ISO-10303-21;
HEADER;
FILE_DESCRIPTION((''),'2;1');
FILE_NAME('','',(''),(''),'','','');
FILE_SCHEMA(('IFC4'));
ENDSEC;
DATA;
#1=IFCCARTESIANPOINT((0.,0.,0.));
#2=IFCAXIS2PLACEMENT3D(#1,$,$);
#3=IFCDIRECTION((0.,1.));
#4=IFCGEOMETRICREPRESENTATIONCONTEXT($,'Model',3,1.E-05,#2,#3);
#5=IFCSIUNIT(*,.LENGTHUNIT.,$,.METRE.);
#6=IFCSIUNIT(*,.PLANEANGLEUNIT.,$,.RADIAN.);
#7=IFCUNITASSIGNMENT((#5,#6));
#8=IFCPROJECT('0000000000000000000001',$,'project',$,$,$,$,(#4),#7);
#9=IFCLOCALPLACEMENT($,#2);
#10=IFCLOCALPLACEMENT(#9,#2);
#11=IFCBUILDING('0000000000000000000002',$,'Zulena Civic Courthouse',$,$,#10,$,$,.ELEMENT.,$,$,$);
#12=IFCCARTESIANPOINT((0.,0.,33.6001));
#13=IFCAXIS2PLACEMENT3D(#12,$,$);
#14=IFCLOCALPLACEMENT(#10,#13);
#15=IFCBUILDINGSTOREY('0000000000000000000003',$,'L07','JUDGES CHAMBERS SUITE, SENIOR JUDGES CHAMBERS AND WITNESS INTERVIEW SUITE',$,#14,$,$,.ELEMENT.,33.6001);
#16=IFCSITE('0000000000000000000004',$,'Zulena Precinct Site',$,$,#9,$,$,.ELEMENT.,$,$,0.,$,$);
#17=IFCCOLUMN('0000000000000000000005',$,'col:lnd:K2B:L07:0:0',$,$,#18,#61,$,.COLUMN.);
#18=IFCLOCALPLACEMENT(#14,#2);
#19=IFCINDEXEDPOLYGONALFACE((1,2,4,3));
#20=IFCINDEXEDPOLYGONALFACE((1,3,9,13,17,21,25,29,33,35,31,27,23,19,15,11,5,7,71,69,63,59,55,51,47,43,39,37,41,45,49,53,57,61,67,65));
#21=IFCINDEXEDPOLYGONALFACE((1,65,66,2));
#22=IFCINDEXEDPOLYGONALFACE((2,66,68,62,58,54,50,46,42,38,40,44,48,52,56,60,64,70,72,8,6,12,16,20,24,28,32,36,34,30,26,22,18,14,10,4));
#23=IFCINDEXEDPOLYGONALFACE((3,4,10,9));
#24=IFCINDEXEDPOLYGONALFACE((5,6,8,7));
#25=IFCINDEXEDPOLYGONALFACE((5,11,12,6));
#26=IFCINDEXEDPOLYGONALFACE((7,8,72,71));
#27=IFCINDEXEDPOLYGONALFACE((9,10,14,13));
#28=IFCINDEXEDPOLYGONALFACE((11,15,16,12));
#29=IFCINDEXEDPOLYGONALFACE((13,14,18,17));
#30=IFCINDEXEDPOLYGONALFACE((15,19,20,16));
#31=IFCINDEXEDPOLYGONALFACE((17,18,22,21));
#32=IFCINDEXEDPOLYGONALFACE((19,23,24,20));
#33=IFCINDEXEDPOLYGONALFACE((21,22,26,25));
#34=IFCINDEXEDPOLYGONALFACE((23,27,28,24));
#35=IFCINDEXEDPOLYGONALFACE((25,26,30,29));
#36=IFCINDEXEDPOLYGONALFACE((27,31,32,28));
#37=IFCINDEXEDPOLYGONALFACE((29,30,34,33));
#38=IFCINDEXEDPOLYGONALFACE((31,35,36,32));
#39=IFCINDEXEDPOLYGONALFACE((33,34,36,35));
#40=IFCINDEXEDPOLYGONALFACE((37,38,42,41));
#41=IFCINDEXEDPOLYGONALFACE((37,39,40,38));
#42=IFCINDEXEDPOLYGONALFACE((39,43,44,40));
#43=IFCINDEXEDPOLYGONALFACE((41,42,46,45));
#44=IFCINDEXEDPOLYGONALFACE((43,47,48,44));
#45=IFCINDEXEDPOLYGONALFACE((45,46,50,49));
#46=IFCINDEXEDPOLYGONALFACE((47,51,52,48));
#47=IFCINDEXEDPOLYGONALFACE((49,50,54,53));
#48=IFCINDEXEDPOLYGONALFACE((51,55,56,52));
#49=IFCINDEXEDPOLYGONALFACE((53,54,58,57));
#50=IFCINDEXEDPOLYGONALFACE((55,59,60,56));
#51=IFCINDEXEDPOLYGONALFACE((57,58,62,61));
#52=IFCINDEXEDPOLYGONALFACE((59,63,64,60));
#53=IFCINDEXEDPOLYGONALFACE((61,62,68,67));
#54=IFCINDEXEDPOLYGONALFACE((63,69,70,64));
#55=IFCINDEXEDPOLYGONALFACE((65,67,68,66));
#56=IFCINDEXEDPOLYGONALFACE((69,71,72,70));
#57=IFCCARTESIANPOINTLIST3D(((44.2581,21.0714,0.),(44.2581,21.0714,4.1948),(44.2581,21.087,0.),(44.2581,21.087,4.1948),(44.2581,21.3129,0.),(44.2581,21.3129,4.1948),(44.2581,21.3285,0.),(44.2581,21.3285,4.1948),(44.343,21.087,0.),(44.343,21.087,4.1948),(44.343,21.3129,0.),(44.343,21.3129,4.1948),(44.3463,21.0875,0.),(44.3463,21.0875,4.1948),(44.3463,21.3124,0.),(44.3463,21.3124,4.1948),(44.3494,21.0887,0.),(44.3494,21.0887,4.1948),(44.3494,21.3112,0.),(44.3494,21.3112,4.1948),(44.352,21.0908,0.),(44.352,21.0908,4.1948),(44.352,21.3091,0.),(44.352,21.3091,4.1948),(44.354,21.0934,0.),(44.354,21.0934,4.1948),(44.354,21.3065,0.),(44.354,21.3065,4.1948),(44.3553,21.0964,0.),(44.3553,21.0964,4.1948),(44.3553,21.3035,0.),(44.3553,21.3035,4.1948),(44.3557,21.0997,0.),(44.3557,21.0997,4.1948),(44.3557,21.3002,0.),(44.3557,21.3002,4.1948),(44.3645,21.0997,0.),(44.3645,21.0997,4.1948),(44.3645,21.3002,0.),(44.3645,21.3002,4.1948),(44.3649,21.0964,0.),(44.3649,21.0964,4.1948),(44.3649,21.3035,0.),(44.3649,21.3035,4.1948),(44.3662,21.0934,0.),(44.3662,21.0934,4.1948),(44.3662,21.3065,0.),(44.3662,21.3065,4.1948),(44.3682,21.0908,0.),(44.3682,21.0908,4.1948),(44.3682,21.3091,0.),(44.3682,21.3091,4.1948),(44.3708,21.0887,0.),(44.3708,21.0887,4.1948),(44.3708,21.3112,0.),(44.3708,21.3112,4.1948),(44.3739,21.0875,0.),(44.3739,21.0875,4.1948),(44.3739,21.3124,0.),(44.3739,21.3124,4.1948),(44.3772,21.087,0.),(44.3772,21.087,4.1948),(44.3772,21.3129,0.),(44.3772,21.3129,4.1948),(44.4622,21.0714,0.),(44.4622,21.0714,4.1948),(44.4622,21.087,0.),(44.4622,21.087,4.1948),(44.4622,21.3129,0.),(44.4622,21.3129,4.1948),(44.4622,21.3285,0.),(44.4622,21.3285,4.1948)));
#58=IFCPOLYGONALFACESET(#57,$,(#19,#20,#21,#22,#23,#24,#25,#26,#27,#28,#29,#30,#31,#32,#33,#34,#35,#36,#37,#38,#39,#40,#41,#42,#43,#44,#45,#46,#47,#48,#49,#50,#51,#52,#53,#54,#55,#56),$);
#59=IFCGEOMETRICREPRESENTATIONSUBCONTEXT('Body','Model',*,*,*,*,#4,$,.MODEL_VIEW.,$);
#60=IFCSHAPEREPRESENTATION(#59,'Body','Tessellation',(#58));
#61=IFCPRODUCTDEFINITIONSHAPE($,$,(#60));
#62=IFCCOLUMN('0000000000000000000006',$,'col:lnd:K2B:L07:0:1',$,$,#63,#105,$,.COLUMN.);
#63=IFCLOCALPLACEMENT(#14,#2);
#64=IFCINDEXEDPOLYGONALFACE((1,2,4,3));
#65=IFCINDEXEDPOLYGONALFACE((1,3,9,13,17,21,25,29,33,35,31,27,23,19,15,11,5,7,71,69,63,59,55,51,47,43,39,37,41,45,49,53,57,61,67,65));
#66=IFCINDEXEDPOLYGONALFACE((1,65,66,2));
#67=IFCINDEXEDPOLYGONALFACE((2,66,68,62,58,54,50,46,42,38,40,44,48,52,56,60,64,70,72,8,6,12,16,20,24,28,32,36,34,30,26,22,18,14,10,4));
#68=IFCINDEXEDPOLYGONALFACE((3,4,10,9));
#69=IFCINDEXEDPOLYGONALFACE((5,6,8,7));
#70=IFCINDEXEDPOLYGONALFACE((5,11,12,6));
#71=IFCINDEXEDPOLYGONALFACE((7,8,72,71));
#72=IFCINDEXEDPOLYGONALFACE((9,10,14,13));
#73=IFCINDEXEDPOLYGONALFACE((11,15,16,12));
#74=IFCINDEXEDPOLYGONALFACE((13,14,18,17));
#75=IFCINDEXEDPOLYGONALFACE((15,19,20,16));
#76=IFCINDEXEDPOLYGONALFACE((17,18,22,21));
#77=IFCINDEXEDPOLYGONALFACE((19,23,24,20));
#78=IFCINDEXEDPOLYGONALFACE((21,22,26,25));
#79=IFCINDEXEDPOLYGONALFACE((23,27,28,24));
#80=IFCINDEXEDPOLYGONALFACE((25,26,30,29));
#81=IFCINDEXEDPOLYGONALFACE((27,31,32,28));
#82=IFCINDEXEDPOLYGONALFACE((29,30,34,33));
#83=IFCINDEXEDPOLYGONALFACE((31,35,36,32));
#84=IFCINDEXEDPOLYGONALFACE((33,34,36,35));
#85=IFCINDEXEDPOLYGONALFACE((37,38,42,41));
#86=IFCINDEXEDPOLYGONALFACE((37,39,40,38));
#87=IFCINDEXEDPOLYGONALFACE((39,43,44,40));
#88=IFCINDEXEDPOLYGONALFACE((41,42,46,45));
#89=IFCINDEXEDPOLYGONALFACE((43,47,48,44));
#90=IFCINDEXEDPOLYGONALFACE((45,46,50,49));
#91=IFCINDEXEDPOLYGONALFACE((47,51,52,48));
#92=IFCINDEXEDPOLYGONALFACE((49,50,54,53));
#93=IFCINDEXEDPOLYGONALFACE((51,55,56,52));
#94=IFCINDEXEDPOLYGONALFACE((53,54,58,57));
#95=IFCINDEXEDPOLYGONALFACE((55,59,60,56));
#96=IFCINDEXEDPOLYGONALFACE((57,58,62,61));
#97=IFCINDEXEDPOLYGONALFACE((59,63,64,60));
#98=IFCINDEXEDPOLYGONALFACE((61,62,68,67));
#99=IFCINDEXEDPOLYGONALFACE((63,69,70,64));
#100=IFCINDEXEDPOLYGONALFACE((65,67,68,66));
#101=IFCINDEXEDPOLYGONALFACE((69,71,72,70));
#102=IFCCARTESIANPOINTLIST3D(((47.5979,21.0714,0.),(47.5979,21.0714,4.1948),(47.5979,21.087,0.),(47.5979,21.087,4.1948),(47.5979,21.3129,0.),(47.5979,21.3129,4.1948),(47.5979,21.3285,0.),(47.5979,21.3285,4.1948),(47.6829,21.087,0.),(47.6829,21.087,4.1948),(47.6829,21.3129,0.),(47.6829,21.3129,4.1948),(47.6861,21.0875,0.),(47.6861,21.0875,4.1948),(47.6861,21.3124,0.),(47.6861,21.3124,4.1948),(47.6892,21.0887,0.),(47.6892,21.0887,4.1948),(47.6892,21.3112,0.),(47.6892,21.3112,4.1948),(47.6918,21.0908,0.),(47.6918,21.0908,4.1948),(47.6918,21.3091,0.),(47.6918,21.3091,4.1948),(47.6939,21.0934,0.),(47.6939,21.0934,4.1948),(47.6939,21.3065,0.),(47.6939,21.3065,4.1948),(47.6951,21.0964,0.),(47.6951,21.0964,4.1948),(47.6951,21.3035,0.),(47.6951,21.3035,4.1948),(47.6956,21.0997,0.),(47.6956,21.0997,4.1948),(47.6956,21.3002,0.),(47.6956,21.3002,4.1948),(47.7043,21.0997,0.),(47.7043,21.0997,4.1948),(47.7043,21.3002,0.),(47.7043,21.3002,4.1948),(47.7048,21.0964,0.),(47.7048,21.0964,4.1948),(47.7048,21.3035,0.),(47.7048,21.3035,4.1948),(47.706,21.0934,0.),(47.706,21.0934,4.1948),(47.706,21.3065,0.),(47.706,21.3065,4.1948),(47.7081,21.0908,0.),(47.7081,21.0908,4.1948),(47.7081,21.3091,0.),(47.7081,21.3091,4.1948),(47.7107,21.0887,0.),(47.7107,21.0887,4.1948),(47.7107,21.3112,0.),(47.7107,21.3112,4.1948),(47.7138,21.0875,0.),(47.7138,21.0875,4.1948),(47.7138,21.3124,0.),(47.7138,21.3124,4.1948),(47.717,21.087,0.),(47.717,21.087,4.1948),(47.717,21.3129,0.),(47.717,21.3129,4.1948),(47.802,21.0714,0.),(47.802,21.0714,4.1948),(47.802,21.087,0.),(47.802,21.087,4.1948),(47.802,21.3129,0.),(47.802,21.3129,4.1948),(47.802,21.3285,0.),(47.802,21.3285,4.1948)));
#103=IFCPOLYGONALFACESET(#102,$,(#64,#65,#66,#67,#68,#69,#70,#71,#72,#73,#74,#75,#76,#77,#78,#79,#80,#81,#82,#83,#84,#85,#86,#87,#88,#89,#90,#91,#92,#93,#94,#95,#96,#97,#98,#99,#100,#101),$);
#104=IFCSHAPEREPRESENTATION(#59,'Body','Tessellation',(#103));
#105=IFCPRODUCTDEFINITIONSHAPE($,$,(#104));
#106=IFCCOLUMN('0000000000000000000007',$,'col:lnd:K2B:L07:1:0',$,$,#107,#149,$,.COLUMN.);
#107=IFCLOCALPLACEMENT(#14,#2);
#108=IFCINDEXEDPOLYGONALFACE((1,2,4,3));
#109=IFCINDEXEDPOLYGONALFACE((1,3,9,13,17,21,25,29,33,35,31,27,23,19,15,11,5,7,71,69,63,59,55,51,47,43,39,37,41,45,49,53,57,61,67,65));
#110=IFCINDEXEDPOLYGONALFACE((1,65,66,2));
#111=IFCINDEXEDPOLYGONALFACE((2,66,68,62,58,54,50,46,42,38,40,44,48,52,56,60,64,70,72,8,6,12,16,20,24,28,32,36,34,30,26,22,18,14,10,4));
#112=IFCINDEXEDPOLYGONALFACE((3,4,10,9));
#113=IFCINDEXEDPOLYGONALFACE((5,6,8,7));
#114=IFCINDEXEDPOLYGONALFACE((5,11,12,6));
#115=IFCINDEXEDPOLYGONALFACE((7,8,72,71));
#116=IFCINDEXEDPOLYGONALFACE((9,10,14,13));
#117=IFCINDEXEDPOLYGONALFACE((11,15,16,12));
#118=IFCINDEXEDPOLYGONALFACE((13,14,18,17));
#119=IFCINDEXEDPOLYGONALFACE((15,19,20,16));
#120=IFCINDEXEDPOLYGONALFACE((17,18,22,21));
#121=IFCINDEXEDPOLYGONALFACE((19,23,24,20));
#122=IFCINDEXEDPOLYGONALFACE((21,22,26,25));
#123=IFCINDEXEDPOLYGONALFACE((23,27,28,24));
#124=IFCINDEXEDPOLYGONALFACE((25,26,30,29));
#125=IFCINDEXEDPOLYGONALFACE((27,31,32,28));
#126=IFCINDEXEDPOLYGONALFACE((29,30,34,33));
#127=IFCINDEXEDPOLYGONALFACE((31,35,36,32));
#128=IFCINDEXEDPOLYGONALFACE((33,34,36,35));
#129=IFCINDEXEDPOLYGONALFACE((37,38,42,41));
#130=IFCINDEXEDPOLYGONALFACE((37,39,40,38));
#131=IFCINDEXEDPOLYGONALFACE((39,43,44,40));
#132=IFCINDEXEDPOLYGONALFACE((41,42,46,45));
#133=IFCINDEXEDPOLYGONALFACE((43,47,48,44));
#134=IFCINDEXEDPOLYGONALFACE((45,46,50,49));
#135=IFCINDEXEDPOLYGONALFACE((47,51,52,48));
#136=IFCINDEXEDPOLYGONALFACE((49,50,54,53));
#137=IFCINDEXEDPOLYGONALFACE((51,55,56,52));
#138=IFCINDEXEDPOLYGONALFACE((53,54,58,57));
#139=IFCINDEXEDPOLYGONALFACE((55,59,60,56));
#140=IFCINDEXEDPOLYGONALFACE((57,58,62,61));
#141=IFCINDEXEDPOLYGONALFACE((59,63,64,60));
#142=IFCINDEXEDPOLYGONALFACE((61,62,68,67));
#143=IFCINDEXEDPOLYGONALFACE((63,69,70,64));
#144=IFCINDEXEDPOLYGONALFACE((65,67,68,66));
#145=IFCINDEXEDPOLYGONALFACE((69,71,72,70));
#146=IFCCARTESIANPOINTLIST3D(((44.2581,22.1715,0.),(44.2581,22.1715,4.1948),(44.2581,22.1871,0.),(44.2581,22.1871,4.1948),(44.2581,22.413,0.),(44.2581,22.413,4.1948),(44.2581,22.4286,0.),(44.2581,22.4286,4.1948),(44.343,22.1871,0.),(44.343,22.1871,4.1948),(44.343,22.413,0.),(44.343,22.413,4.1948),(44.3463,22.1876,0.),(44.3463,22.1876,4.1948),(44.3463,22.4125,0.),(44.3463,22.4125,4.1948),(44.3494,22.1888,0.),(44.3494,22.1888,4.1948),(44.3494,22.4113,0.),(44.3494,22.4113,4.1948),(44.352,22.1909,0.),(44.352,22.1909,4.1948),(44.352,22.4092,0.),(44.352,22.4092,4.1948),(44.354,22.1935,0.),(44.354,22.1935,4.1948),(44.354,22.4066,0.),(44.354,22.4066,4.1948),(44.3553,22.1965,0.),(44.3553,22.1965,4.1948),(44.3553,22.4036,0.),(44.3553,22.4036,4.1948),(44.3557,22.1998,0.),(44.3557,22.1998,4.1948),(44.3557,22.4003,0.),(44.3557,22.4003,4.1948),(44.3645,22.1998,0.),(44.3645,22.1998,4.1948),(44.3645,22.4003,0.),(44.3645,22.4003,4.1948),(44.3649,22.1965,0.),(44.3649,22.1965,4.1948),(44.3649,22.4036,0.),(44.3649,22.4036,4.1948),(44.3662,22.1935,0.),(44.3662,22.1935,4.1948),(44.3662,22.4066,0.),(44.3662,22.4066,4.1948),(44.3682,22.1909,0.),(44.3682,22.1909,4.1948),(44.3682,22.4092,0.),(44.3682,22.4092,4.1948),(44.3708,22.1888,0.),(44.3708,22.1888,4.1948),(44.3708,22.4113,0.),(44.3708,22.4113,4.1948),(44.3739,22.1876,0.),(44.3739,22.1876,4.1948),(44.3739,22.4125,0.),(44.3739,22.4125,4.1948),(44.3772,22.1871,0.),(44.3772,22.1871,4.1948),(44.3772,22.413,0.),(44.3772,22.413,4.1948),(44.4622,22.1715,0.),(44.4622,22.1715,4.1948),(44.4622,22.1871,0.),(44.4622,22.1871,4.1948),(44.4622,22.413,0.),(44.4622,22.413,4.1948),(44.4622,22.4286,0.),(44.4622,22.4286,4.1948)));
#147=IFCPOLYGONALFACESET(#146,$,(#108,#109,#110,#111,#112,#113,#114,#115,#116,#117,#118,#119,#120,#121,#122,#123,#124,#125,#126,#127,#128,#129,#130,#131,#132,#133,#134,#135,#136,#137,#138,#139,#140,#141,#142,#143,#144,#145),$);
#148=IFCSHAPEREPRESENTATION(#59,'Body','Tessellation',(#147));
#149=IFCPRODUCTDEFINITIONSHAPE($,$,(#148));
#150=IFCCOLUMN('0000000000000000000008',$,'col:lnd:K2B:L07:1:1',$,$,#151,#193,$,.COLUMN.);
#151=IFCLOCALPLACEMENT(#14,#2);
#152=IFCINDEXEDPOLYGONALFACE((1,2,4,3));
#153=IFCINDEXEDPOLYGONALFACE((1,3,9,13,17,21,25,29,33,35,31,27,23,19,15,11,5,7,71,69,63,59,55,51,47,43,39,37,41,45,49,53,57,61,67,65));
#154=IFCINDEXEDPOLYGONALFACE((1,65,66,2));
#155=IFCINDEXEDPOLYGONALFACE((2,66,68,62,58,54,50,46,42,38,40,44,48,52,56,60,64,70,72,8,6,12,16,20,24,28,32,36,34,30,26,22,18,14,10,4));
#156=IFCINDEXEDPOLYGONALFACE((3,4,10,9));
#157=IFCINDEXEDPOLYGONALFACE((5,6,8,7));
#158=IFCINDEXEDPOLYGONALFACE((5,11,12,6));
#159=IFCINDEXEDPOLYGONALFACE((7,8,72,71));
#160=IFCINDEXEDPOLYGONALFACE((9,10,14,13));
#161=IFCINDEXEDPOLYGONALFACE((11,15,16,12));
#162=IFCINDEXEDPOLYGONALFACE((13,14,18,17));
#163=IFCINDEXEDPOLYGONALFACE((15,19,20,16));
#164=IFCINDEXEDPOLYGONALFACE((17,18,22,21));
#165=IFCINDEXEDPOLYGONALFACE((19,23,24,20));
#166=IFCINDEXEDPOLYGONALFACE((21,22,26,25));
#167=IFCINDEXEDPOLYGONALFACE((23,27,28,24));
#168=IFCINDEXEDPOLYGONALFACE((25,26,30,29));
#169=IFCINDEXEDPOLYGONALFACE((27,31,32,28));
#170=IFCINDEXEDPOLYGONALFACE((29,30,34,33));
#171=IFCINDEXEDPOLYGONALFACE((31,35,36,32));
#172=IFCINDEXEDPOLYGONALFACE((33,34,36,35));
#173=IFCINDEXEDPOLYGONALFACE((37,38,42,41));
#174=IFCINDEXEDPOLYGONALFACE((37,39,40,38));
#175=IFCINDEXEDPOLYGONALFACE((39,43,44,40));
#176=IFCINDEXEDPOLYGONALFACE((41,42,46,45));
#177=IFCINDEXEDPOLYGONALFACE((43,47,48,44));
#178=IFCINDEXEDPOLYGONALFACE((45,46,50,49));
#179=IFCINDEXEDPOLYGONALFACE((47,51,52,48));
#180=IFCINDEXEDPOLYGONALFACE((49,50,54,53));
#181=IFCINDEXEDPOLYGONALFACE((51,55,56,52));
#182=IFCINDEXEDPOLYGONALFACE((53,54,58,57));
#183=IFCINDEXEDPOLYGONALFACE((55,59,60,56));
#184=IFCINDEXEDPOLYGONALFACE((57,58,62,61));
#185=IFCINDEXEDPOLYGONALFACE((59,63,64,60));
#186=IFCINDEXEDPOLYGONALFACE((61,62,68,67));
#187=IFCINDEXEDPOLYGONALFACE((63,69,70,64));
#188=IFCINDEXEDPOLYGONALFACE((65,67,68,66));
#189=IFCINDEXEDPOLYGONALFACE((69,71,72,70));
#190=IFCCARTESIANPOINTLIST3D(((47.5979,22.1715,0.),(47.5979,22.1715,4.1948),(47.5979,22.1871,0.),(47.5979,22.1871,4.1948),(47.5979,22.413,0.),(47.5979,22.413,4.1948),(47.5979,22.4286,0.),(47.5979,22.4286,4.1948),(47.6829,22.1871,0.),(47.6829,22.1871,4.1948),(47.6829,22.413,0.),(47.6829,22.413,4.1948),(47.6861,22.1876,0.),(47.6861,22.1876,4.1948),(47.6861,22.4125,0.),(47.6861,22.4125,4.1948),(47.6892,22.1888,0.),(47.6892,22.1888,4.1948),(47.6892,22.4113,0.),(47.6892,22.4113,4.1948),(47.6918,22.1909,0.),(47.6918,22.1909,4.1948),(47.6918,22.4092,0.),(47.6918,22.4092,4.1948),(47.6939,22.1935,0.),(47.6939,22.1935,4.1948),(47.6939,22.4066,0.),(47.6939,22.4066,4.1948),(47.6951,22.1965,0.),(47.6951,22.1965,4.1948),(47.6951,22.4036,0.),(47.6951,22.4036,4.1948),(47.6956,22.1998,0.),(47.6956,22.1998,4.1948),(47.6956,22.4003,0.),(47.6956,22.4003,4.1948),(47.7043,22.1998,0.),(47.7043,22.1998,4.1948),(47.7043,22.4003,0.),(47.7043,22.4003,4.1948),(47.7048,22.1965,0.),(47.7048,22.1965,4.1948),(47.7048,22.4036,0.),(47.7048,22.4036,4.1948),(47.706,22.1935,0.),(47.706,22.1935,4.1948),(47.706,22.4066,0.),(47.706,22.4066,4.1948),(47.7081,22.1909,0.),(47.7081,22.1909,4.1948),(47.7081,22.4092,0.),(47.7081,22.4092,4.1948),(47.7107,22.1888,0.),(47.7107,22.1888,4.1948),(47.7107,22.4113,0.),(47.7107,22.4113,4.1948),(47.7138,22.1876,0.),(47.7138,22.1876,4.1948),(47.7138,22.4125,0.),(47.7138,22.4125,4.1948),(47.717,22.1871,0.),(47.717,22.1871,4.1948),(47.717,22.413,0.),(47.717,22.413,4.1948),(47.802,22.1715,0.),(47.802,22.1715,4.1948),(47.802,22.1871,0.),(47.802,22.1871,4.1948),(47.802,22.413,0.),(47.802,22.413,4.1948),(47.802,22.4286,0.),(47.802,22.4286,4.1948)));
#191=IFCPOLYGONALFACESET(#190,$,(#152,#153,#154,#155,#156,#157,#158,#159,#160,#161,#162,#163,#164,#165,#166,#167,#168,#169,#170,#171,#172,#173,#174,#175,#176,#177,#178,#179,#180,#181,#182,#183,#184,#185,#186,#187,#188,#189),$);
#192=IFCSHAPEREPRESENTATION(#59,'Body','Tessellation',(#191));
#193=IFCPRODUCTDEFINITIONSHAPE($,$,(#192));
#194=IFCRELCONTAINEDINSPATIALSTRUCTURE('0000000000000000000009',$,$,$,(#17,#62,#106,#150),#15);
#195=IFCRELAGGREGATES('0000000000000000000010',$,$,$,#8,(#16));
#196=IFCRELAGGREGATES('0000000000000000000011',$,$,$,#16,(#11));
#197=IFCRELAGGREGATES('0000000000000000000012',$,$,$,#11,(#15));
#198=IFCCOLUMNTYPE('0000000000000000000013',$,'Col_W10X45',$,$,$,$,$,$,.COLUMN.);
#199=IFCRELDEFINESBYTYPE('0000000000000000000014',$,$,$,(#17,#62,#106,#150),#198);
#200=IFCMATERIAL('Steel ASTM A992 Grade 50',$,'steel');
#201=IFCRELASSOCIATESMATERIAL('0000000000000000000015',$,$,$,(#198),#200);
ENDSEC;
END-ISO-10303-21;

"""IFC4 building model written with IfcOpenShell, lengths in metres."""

from ifc_helpers import new_model, si_unit, direction, frame, origin, origin_2d, place, context, subcontext, project, spatial, i_section, extrude, material, material_profile, profile_set, type_object, element, save


model = new_model("IFC4")

# Units and contexts
model_context = context("Model", 3, precision=1e-05, world=origin(), true_north=direction((0.0, 1.0)))
body_context = subcontext(model_context, "Body", "Model", "MODEL_VIEW")
ifc_project = project(units=[si_unit("LENGTHUNIT", "METRE"), si_unit("PLANEANGLEUNIT", "RADIAN")], contexts=[model_context])

# Site, building, storey
site_placement = place(None, origin())
site = spatial("IfcSite", under=ifc_project, at=site_placement, Name="Zulena Precinct Site", CompositionType="ELEMENT", RefElevation=0.0)
building_placement = place(site_placement, origin())
building = spatial("IfcBuilding", under=site, at=building_placement, Name="Zulena Civic Courthouse", CompositionType="ELEMENT")
storey_placement = place(building_placement, frame((0.0, 0.0, 33.6001)))
storey = spatial("IfcBuildingStorey", under=building, at=storey_placement, Name="L07", Description="JUDGES CHAMBERS SUITE, SENIOR JUDGES CHAMBERS AND WITNESS INTERVIEW SUITE", CompositionType="ELEMENT", Elevation=33.6001)

# Columns
ifc_material_1 = material(Name="Steel ASTM A992 Grade 50", Category="steel")
ifc_material_profile_1 = material_profile(ifc_material_1, i_section(OverallWidth=0.2041, OverallDepth=0.2571, WebThickness=0.0088, FlangeThickness=0.0156, FilletRadius=0.0127, at=origin_2d()), Name="W10X45")
ifc_profile_set_1 = profile_set([ifc_material_profile_1], Name="Steel ASTM A992 Grade 50")
column_type_1 = type_object("IfcColumnType", Name="Col_W10X45", PredefinedType="COLUMN", material=ifc_profile_set_1)
for number, where, z_axis, x_axis, name in (
    (1, (44.3601, 21.2, 0.0), (0.0, 0.0, 1.0), (1.0, 0.0, 0.0), "col:lnd:K2B:L07:0:0"),
    (2, (47.7, 21.2, 0.0), (0.0, 0.0, 1.0), (1.0, 0.0, 0.0), "col:lnd:K2B:L07:0:1"),
    (3, (44.3601, 22.3, 0.0), (0.0, 0.0, 1.0), (1.0, 0.0, 0.0), "col:lnd:K2B:L07:1:0"),
    (4, (47.7, 22.3, 0.0), (0.0, 0.0, 1.0), (1.0, 0.0, 0.0), "col:lnd:K2B:L07:1:1"),
):
    element("IfcColumn", number, at=place(storey_placement, frame(where, z_axis=z_axis, x_axis=x_axis)), inside=storey, type_object=column_type_1, Name=name, PredefinedType="COLUMN", context=body_context, shape_type="SweptSolid", body=[
        extrude(i_section(OverallWidth=0.2041, OverallDepth=0.2571, WebThickness=0.0088, FlangeThickness=0.0156, FilletRadius=0.0127, at=origin_2d()), origin(), (0.0, 0.0, 1.0), 4.1948),
    ])

save(model, "model.ifc")
